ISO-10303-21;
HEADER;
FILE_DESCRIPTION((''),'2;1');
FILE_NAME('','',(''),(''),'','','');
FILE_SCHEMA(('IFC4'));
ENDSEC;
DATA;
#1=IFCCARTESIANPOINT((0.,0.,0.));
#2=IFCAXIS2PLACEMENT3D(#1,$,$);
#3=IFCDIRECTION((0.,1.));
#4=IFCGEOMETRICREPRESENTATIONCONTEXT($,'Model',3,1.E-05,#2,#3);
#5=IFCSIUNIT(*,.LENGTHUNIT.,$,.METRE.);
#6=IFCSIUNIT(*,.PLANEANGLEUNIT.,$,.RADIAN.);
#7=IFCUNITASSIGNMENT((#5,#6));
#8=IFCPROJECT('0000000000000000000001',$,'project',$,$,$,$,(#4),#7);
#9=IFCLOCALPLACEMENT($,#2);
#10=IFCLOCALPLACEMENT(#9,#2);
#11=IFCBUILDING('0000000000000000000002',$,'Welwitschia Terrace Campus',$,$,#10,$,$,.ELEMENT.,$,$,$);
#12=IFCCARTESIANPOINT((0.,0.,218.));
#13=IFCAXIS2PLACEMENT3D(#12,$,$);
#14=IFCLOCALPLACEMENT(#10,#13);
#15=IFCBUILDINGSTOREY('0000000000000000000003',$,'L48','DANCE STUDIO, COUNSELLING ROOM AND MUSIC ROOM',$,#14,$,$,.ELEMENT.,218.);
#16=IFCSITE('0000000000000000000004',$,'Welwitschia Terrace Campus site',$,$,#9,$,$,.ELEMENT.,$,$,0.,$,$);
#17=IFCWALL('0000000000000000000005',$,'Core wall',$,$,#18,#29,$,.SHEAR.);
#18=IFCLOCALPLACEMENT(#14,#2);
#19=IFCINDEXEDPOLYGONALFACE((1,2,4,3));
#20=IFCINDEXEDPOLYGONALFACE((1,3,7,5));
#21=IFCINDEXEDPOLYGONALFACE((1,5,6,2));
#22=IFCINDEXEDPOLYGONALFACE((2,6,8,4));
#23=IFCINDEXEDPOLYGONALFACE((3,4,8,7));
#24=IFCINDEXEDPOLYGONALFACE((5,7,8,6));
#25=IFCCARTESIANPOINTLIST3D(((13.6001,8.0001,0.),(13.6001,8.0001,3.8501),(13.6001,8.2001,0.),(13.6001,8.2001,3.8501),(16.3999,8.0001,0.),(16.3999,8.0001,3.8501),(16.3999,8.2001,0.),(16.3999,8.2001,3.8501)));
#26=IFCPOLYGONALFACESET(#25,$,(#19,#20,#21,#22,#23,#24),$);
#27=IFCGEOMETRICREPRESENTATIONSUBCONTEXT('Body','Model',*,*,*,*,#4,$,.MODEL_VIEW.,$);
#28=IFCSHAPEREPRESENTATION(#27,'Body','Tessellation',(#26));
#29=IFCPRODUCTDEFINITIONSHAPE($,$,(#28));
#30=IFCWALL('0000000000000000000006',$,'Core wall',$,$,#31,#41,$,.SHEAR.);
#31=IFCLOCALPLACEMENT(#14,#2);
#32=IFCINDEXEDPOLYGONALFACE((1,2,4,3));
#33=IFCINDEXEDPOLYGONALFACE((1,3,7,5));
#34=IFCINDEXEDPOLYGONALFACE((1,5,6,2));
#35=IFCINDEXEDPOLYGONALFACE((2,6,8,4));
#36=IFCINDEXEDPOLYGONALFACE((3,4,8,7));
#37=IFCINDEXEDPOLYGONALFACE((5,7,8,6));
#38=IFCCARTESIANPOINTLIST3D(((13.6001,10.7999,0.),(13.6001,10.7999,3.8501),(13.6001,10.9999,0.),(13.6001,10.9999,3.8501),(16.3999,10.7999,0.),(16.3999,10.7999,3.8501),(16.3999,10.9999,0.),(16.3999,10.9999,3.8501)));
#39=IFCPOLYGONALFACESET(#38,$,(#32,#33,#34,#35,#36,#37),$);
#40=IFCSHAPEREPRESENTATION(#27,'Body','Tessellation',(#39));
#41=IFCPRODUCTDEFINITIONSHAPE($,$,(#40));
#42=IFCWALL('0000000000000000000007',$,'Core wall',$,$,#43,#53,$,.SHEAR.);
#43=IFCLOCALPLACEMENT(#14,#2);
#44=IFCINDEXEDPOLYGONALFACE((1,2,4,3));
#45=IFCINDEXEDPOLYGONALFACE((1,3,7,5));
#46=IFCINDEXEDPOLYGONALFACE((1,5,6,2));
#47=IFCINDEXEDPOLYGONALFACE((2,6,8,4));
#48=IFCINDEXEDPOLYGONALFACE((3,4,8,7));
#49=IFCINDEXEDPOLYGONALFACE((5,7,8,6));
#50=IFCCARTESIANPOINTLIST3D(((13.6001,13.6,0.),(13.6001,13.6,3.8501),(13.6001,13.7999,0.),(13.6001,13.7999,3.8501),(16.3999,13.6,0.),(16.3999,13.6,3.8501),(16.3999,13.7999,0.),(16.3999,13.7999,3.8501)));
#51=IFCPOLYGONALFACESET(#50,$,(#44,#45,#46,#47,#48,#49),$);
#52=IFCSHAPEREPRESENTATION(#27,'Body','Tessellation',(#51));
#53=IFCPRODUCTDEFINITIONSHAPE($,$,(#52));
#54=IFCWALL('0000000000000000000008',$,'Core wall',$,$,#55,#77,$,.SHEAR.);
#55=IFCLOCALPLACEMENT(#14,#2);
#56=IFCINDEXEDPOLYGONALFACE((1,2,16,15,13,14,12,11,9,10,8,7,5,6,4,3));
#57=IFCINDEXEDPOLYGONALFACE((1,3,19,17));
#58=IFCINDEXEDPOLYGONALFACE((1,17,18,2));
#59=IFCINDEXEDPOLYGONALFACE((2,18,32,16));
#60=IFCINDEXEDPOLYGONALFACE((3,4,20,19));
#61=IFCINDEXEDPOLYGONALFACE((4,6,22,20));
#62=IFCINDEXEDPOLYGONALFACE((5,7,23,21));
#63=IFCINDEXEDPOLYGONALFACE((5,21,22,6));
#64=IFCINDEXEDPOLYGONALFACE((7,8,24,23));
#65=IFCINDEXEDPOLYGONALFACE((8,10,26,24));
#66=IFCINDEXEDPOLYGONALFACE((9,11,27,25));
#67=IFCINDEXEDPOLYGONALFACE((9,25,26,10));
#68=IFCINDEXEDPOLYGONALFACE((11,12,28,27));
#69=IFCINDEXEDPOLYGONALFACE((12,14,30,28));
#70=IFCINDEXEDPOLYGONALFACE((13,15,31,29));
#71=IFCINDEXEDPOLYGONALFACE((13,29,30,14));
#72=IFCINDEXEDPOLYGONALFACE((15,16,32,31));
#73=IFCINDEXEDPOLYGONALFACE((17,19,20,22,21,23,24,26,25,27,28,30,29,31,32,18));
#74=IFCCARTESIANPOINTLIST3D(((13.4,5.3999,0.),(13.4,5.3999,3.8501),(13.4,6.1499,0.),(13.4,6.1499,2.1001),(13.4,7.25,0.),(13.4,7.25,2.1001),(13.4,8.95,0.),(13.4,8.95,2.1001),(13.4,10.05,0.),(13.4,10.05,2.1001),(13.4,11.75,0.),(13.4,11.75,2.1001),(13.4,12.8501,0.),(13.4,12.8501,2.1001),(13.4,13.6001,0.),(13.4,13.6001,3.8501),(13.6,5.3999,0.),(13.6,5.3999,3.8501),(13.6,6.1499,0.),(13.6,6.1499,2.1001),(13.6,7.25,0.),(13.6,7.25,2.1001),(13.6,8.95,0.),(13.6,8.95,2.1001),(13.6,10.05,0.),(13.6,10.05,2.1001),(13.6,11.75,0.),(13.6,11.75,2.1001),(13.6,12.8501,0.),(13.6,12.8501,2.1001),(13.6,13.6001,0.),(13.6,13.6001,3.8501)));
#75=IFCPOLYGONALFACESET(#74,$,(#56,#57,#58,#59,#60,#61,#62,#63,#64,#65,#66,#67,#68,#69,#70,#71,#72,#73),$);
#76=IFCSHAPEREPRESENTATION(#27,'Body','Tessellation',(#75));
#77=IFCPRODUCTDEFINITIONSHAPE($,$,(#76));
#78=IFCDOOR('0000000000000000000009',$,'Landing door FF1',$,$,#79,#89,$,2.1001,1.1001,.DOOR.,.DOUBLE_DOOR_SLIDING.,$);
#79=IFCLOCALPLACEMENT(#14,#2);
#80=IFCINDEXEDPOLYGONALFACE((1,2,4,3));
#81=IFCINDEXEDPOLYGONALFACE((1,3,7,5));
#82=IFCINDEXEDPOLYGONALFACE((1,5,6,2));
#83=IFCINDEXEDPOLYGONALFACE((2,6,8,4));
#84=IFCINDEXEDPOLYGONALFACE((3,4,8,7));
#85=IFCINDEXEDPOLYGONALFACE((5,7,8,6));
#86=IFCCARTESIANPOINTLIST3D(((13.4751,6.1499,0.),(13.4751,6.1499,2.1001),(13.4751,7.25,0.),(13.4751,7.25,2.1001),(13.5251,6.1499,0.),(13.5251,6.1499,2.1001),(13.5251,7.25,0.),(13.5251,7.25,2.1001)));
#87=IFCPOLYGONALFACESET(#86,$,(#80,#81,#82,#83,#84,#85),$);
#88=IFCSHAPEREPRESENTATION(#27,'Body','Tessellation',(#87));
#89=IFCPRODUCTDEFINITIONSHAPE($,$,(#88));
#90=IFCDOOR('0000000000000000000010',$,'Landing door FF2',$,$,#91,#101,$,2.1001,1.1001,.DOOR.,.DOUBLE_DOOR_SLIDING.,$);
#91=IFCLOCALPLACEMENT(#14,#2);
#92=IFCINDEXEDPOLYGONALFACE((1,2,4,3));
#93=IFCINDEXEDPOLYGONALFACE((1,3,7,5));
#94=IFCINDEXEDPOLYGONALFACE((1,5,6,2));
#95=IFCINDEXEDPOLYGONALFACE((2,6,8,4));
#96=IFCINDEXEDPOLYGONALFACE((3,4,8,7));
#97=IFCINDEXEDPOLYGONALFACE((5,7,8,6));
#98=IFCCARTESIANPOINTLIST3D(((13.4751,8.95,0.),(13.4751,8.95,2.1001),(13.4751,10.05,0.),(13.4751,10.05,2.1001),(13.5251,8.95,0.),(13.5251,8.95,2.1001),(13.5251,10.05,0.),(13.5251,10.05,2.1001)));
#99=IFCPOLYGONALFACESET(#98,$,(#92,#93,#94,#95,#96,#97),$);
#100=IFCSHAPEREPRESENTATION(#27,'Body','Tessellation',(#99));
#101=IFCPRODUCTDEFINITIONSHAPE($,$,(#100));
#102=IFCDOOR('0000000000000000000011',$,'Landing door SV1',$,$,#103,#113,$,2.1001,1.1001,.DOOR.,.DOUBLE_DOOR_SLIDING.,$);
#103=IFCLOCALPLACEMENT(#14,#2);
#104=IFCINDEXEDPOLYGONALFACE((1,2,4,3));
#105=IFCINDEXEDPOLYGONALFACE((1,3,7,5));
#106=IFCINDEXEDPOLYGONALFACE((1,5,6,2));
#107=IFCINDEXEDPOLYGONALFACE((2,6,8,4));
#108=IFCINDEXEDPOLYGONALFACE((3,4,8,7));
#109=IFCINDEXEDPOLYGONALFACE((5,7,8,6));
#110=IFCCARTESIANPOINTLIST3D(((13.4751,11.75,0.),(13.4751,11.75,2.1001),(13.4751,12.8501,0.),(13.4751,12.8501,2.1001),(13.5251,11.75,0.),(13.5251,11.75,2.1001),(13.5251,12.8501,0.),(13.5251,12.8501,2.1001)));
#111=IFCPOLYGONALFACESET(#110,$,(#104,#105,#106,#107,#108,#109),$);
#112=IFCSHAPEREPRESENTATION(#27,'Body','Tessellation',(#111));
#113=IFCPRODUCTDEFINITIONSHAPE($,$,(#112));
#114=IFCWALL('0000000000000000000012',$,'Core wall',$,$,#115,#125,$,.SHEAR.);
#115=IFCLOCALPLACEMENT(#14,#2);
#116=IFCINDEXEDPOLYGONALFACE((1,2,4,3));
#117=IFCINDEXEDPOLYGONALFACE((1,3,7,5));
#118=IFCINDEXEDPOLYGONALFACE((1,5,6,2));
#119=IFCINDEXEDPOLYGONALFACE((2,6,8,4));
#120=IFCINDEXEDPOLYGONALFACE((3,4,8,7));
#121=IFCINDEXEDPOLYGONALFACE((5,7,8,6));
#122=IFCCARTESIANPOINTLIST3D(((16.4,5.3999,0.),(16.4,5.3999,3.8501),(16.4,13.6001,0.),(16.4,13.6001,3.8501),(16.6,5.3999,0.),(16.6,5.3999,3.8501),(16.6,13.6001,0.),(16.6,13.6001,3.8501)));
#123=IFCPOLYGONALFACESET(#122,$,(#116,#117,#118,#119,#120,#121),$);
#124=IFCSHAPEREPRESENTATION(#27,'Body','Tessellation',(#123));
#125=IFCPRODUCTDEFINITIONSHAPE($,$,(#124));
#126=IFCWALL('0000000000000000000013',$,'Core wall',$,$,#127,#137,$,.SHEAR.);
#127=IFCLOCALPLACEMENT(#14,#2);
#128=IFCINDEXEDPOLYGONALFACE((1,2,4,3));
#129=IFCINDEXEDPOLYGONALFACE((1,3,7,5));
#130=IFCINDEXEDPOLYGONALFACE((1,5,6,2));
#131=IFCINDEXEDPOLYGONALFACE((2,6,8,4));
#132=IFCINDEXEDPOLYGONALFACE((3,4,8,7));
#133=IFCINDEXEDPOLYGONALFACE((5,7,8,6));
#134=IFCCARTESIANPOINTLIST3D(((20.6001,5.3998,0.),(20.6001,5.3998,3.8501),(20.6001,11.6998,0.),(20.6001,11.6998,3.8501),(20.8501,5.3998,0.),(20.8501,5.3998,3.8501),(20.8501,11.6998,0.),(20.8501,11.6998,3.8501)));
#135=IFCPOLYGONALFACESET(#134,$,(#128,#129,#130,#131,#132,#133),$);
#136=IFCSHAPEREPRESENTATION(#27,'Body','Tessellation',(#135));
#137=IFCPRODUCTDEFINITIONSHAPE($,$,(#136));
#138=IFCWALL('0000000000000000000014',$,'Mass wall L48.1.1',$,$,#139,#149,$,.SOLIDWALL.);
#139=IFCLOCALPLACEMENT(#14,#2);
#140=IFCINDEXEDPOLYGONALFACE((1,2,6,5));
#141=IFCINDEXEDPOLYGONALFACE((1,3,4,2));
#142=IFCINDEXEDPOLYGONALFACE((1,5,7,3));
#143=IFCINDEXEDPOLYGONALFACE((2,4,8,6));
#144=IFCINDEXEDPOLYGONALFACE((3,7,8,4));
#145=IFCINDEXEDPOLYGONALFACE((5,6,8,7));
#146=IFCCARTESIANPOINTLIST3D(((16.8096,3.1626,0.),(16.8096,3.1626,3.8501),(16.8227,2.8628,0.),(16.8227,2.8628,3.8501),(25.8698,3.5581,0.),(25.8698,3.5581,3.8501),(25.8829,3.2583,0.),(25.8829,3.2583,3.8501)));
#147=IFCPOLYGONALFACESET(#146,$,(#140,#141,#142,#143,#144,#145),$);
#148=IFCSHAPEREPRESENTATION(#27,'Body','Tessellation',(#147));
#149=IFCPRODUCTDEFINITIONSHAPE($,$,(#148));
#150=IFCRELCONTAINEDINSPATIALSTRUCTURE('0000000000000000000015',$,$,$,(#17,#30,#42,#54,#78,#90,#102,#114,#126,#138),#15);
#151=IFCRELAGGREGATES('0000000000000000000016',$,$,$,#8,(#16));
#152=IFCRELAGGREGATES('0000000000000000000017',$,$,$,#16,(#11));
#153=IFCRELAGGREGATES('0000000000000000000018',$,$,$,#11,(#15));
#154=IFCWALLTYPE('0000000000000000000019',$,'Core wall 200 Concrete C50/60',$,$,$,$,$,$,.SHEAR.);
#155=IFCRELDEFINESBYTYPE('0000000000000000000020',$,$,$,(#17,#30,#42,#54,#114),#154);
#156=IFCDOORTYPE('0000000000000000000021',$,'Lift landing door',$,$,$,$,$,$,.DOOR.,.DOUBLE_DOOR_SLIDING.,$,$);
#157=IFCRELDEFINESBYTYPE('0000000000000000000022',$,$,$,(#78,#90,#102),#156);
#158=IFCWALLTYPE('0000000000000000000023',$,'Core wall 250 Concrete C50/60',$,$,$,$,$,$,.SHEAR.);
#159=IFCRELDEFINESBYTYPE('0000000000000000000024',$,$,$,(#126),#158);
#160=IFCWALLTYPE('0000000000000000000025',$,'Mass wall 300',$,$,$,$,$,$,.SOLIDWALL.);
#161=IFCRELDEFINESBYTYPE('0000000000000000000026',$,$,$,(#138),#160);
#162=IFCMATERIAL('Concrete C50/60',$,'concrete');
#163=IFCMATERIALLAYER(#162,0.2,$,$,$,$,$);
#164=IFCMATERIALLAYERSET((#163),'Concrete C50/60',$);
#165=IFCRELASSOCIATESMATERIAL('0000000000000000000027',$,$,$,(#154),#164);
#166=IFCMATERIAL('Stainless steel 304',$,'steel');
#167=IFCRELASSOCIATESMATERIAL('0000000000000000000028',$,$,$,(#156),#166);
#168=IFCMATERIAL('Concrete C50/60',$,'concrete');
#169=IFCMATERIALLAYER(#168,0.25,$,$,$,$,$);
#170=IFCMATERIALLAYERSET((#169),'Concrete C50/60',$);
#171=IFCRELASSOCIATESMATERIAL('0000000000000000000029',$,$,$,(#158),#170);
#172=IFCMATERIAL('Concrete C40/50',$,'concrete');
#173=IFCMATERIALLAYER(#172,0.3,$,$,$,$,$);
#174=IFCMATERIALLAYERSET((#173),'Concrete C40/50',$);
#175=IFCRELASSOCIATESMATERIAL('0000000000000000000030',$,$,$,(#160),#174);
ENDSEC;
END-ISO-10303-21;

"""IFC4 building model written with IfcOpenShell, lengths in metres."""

from ifc_helpers import new_model, si_unit, direction, frame, frame_2d, origin, place, context, subcontext, project, spatial, rectangle, extrude, material, layer, layer_set, type_object, element, fill, save


model = new_model("IFC4")

# Units and contexts
model_context = context("Model", 3, precision=1e-05, world=origin(), true_north=direction((0.0, 1.0)))
body_context = subcontext(model_context, "Body", "Model", "MODEL_VIEW")
ifc_project = project(units=[si_unit("LENGTHUNIT", "METRE"), si_unit("PLANEANGLEUNIT", "RADIAN")], contexts=[model_context])

# Site, building, storey
site_placement = place(None, origin())
site = spatial("IfcSite", under=ifc_project, at=site_placement, Name="Welwitschia Terrace Campus site", CompositionType="ELEMENT", RefElevation=0.0)
building_placement = place(site_placement, origin())
building = spatial("IfcBuilding", under=site, at=building_placement, Name="Welwitschia Terrace Campus", CompositionType="ELEMENT")
storey_placement = place(building_placement, frame((0.0, 0.0, 218.0)))
storey = spatial("IfcBuildingStorey", under=building, at=storey_placement, Name="L48", Description="DANCE STUDIO, COUNSELLING ROOM AND MUSIC ROOM", CompositionType="ELEMENT", Elevation=218.0)

# Walls
ifc_material_1 = material(Name="Concrete C50/60", Category="concrete")
ifc_layer_1 = layer(ifc_material_1, 0.2)
ifc_layer_set_1 = layer_set([ifc_layer_1], Name="Concrete C50/60")
wall_type_1 = type_object("IfcWallType", Name="Core wall 200 Concrete C50/60", PredefinedType="SHEAR", material=ifc_layer_set_1)
for number, where, z_axis, x_axis, name in (
    (1, (13.6001, 8.1001, 0.0), (0.0, 0.0, 1.0), (1.0, 0.0, 0.0), "Core wall"),
    (2, (13.6001, 10.8999, 0.0), (0.0, 0.0, 1.0), (1.0, 0.0, 0.0), "Core wall"),
    (3, (13.6001, 13.7, 0.0), (0.0, 0.0, 1.0), (1.0, 0.0, 0.0), "Core wall"),
):
    element("IfcWall", number, at=place(storey_placement, frame(where, z_axis=z_axis, x_axis=x_axis)), inside=storey, type_object=wall_type_1, Name=name, PredefinedType="SHEAR", context=body_context, shape_type="SweptSolid", body=[
        extrude(rectangle(XDim=2.7998, YDim=0.2, at=frame_2d((1.3999, 0.0))), origin(), (0.0, 0.0, 1.0), 3.8501),
    ])

# Wall, openings, doors
wall_1_placement = place(storey_placement, frame((13.5, 5.3999, 0.0), z_axis=(0.0, 0.0, 1.0), x_axis=(0.0, 1.0, 0.0)))
wall_1 = element("IfcWall", 4, at=wall_1_placement, inside=storey, type_object=wall_type_1, Name="Core wall", PredefinedType="SHEAR", context=body_context, shape_type="SweptSolid", body=[
    extrude(rectangle(XDim=8.2002, YDim=0.2, at=frame_2d((4.1001, 0.0))), origin(), (0.0, 0.0, 1.0), 3.8501),
])
opening_1_placement = place(wall_1_placement, frame((0.75, 0.0, 0.0)))
opening_1 = element("IfcOpeningElement", 5, at=opening_1_placement, cuts=wall_1, PredefinedType="OPENING", context=body_context, shape_type="SweptSolid", body=[
    extrude(rectangle(XDim=1.1001, YDim=2.1001, at=frame_2d((0.55, 1.05))), frame((0.0, 0.1099, 0.0), z_axis=(0.0, -1.0, 0.0), x_axis=(1.0, 0.0, 0.0)), (0.0, 0.0, 1.0), 0.22),
])
opening_2_placement = place(wall_1_placement, frame((3.55, 0.0, 0.0)))
opening_2 = element("IfcOpeningElement", 6, at=opening_2_placement, cuts=wall_1, PredefinedType="OPENING", context=body_context, shape_type="SweptSolid", body=[
    extrude(rectangle(XDim=1.1001, YDim=2.1001, at=frame_2d((0.55, 1.05))), frame((0.0, 0.1099, 0.0), z_axis=(0.0, -1.0, 0.0), x_axis=(1.0, 0.0, 0.0)), (0.0, 0.0, 1.0), 0.22),
])
opening_3_placement = place(wall_1_placement, frame((6.3501, 0.0, 0.0)))
opening_3 = element("IfcOpeningElement", 7, at=opening_3_placement, cuts=wall_1, PredefinedType="OPENING", context=body_context, shape_type="SweptSolid", body=[
    extrude(rectangle(XDim=1.1001, YDim=2.1001, at=frame_2d((0.55, 1.05))), frame((0.0, 0.1099, 0.0), z_axis=(0.0, -1.0, 0.0), x_axis=(1.0, 0.0, 0.0)), (0.0, 0.0, 1.0), 0.22),
])
ifc_material_2 = material(Name="Stainless steel 304", Category="steel")
door_type = type_object("IfcDoorType", Name="Lift landing door", OperationType="DOUBLE_DOOR_SLIDING", PredefinedType="DOOR", material=ifc_material_2)
door_1_placement = place(opening_1_placement, origin())
door_1 = element("IfcDoor", 8, at=door_1_placement, inside=storey, type_object=door_type, Name="Landing door FF1", OperationType="DOUBLE_DOOR_SLIDING", OverallHeight=2.1001, OverallWidth=1.1001, PredefinedType="DOOR", context=body_context, shape_type="SweptSolid", body=[
    extrude(rectangle(XDim=1.1001, YDim=2.1001, at=frame_2d((0.55, 1.05))), frame((0.0, 0.0249, 0.0), z_axis=(0.0, -1.0, 0.0), x_axis=(1.0, 0.0, 0.0)), (0.0, 0.0, 1.0), 0.05),
])
fill(opening_1, door_1)
door_2_placement = place(opening_2_placement, origin())
door_2 = element("IfcDoor", 9, at=door_2_placement, inside=storey, type_object=door_type, Name="Landing door FF2", OperationType="DOUBLE_DOOR_SLIDING", OverallHeight=2.1001, OverallWidth=1.1001, PredefinedType="DOOR", context=body_context, shape_type="SweptSolid", body=[
    extrude(rectangle(XDim=1.1001, YDim=2.1001, at=frame_2d((0.55, 1.05))), frame((0.0, 0.0249, 0.0), z_axis=(0.0, -1.0, 0.0), x_axis=(1.0, 0.0, 0.0)), (0.0, 0.0, 1.0), 0.05),
])
fill(opening_2, door_2)
door_3_placement = place(opening_3_placement, origin())
door_3 = element("IfcDoor", 10, at=door_3_placement, inside=storey, type_object=door_type, Name="Landing door SV1", OperationType="DOUBLE_DOOR_SLIDING", OverallHeight=2.1001, OverallWidth=1.1001, PredefinedType="DOOR", context=body_context, shape_type="SweptSolid", body=[
    extrude(rectangle(XDim=1.1001, YDim=2.1001, at=frame_2d((0.55, 1.05))), frame((0.0, 0.0249, 0.0), z_axis=(0.0, -1.0, 0.0), x_axis=(1.0, 0.0, 0.0)), (0.0, 0.0, 1.0), 0.05),
])
fill(opening_3, door_3)

# Walls
wall_2_placement = place(storey_placement, frame((16.5, 5.3999, 0.0), z_axis=(0.0, 0.0, 1.0), x_axis=(0.0, 1.0, 0.0)))
element("IfcWall", 11, at=wall_2_placement, inside=storey, type_object=wall_type_1, Name="Core wall", PredefinedType="SHEAR", context=body_context, shape_type="SweptSolid", body=[
    extrude(rectangle(XDim=8.2002, YDim=0.2, at=frame_2d((4.1001, 0.0))), origin(), (0.0, 0.0, 1.0), 3.8501),
])
ifc_material_3 = material(Name="Concrete C50/60", Category="concrete")
ifc_layer_2 = layer(ifc_material_3, 0.25)
ifc_layer_set_2 = layer_set([ifc_layer_2], Name="Concrete C50/60")
wall_type_2 = type_object("IfcWallType", Name="Core wall 250 Concrete C50/60", PredefinedType="SHEAR", material=ifc_layer_set_2)
wall_3_placement = place(storey_placement, frame((20.7251, 5.3999, 0.0), z_axis=(0.0, 0.0, 1.0), x_axis=(0.0, 1.0, 0.0)))
element("IfcWall", 12, at=wall_3_placement, inside=storey, type_object=wall_type_2, Name="Core wall", PredefinedType="SHEAR", context=body_context, shape_type="SweptSolid", body=[
    extrude(rectangle(XDim=6.3, YDim=0.25, at=frame_2d((3.1499, 0.0))), origin(), (0.0, 0.0, 1.0), 3.8501),
])
ifc_material_4 = material(Name="Concrete C40/50", Category="concrete")
ifc_layer_3 = layer(ifc_material_4, 0.3)
ifc_layer_set_3 = layer_set([ifc_layer_3], Name="Concrete C40/50")
wall_type_3 = type_object("IfcWallType", Name="Mass wall 300", PredefinedType="SOLIDWALL", material=ifc_layer_set_3)
wall_4_placement = place(storey_placement, frame((16.8162, 3.0127, 0.0), z_axis=(0.0, 0.0, 1.0), x_axis=(0.999049, 0.043611, 0.0)))
element("IfcWall", 13, at=wall_4_placement, inside=storey, type_object=wall_type_3, Name="Mass wall L48.1.1", PredefinedType="SOLIDWALL", context=body_context, shape_type="SweptSolid", body=[
    extrude(rectangle(XDim=9.0688, YDim=0.3, at=frame_2d((4.5344, 0.0))), origin(), (0.0, 0.0, 1.0), 3.8501),
])

save(model, "model.ifc")
